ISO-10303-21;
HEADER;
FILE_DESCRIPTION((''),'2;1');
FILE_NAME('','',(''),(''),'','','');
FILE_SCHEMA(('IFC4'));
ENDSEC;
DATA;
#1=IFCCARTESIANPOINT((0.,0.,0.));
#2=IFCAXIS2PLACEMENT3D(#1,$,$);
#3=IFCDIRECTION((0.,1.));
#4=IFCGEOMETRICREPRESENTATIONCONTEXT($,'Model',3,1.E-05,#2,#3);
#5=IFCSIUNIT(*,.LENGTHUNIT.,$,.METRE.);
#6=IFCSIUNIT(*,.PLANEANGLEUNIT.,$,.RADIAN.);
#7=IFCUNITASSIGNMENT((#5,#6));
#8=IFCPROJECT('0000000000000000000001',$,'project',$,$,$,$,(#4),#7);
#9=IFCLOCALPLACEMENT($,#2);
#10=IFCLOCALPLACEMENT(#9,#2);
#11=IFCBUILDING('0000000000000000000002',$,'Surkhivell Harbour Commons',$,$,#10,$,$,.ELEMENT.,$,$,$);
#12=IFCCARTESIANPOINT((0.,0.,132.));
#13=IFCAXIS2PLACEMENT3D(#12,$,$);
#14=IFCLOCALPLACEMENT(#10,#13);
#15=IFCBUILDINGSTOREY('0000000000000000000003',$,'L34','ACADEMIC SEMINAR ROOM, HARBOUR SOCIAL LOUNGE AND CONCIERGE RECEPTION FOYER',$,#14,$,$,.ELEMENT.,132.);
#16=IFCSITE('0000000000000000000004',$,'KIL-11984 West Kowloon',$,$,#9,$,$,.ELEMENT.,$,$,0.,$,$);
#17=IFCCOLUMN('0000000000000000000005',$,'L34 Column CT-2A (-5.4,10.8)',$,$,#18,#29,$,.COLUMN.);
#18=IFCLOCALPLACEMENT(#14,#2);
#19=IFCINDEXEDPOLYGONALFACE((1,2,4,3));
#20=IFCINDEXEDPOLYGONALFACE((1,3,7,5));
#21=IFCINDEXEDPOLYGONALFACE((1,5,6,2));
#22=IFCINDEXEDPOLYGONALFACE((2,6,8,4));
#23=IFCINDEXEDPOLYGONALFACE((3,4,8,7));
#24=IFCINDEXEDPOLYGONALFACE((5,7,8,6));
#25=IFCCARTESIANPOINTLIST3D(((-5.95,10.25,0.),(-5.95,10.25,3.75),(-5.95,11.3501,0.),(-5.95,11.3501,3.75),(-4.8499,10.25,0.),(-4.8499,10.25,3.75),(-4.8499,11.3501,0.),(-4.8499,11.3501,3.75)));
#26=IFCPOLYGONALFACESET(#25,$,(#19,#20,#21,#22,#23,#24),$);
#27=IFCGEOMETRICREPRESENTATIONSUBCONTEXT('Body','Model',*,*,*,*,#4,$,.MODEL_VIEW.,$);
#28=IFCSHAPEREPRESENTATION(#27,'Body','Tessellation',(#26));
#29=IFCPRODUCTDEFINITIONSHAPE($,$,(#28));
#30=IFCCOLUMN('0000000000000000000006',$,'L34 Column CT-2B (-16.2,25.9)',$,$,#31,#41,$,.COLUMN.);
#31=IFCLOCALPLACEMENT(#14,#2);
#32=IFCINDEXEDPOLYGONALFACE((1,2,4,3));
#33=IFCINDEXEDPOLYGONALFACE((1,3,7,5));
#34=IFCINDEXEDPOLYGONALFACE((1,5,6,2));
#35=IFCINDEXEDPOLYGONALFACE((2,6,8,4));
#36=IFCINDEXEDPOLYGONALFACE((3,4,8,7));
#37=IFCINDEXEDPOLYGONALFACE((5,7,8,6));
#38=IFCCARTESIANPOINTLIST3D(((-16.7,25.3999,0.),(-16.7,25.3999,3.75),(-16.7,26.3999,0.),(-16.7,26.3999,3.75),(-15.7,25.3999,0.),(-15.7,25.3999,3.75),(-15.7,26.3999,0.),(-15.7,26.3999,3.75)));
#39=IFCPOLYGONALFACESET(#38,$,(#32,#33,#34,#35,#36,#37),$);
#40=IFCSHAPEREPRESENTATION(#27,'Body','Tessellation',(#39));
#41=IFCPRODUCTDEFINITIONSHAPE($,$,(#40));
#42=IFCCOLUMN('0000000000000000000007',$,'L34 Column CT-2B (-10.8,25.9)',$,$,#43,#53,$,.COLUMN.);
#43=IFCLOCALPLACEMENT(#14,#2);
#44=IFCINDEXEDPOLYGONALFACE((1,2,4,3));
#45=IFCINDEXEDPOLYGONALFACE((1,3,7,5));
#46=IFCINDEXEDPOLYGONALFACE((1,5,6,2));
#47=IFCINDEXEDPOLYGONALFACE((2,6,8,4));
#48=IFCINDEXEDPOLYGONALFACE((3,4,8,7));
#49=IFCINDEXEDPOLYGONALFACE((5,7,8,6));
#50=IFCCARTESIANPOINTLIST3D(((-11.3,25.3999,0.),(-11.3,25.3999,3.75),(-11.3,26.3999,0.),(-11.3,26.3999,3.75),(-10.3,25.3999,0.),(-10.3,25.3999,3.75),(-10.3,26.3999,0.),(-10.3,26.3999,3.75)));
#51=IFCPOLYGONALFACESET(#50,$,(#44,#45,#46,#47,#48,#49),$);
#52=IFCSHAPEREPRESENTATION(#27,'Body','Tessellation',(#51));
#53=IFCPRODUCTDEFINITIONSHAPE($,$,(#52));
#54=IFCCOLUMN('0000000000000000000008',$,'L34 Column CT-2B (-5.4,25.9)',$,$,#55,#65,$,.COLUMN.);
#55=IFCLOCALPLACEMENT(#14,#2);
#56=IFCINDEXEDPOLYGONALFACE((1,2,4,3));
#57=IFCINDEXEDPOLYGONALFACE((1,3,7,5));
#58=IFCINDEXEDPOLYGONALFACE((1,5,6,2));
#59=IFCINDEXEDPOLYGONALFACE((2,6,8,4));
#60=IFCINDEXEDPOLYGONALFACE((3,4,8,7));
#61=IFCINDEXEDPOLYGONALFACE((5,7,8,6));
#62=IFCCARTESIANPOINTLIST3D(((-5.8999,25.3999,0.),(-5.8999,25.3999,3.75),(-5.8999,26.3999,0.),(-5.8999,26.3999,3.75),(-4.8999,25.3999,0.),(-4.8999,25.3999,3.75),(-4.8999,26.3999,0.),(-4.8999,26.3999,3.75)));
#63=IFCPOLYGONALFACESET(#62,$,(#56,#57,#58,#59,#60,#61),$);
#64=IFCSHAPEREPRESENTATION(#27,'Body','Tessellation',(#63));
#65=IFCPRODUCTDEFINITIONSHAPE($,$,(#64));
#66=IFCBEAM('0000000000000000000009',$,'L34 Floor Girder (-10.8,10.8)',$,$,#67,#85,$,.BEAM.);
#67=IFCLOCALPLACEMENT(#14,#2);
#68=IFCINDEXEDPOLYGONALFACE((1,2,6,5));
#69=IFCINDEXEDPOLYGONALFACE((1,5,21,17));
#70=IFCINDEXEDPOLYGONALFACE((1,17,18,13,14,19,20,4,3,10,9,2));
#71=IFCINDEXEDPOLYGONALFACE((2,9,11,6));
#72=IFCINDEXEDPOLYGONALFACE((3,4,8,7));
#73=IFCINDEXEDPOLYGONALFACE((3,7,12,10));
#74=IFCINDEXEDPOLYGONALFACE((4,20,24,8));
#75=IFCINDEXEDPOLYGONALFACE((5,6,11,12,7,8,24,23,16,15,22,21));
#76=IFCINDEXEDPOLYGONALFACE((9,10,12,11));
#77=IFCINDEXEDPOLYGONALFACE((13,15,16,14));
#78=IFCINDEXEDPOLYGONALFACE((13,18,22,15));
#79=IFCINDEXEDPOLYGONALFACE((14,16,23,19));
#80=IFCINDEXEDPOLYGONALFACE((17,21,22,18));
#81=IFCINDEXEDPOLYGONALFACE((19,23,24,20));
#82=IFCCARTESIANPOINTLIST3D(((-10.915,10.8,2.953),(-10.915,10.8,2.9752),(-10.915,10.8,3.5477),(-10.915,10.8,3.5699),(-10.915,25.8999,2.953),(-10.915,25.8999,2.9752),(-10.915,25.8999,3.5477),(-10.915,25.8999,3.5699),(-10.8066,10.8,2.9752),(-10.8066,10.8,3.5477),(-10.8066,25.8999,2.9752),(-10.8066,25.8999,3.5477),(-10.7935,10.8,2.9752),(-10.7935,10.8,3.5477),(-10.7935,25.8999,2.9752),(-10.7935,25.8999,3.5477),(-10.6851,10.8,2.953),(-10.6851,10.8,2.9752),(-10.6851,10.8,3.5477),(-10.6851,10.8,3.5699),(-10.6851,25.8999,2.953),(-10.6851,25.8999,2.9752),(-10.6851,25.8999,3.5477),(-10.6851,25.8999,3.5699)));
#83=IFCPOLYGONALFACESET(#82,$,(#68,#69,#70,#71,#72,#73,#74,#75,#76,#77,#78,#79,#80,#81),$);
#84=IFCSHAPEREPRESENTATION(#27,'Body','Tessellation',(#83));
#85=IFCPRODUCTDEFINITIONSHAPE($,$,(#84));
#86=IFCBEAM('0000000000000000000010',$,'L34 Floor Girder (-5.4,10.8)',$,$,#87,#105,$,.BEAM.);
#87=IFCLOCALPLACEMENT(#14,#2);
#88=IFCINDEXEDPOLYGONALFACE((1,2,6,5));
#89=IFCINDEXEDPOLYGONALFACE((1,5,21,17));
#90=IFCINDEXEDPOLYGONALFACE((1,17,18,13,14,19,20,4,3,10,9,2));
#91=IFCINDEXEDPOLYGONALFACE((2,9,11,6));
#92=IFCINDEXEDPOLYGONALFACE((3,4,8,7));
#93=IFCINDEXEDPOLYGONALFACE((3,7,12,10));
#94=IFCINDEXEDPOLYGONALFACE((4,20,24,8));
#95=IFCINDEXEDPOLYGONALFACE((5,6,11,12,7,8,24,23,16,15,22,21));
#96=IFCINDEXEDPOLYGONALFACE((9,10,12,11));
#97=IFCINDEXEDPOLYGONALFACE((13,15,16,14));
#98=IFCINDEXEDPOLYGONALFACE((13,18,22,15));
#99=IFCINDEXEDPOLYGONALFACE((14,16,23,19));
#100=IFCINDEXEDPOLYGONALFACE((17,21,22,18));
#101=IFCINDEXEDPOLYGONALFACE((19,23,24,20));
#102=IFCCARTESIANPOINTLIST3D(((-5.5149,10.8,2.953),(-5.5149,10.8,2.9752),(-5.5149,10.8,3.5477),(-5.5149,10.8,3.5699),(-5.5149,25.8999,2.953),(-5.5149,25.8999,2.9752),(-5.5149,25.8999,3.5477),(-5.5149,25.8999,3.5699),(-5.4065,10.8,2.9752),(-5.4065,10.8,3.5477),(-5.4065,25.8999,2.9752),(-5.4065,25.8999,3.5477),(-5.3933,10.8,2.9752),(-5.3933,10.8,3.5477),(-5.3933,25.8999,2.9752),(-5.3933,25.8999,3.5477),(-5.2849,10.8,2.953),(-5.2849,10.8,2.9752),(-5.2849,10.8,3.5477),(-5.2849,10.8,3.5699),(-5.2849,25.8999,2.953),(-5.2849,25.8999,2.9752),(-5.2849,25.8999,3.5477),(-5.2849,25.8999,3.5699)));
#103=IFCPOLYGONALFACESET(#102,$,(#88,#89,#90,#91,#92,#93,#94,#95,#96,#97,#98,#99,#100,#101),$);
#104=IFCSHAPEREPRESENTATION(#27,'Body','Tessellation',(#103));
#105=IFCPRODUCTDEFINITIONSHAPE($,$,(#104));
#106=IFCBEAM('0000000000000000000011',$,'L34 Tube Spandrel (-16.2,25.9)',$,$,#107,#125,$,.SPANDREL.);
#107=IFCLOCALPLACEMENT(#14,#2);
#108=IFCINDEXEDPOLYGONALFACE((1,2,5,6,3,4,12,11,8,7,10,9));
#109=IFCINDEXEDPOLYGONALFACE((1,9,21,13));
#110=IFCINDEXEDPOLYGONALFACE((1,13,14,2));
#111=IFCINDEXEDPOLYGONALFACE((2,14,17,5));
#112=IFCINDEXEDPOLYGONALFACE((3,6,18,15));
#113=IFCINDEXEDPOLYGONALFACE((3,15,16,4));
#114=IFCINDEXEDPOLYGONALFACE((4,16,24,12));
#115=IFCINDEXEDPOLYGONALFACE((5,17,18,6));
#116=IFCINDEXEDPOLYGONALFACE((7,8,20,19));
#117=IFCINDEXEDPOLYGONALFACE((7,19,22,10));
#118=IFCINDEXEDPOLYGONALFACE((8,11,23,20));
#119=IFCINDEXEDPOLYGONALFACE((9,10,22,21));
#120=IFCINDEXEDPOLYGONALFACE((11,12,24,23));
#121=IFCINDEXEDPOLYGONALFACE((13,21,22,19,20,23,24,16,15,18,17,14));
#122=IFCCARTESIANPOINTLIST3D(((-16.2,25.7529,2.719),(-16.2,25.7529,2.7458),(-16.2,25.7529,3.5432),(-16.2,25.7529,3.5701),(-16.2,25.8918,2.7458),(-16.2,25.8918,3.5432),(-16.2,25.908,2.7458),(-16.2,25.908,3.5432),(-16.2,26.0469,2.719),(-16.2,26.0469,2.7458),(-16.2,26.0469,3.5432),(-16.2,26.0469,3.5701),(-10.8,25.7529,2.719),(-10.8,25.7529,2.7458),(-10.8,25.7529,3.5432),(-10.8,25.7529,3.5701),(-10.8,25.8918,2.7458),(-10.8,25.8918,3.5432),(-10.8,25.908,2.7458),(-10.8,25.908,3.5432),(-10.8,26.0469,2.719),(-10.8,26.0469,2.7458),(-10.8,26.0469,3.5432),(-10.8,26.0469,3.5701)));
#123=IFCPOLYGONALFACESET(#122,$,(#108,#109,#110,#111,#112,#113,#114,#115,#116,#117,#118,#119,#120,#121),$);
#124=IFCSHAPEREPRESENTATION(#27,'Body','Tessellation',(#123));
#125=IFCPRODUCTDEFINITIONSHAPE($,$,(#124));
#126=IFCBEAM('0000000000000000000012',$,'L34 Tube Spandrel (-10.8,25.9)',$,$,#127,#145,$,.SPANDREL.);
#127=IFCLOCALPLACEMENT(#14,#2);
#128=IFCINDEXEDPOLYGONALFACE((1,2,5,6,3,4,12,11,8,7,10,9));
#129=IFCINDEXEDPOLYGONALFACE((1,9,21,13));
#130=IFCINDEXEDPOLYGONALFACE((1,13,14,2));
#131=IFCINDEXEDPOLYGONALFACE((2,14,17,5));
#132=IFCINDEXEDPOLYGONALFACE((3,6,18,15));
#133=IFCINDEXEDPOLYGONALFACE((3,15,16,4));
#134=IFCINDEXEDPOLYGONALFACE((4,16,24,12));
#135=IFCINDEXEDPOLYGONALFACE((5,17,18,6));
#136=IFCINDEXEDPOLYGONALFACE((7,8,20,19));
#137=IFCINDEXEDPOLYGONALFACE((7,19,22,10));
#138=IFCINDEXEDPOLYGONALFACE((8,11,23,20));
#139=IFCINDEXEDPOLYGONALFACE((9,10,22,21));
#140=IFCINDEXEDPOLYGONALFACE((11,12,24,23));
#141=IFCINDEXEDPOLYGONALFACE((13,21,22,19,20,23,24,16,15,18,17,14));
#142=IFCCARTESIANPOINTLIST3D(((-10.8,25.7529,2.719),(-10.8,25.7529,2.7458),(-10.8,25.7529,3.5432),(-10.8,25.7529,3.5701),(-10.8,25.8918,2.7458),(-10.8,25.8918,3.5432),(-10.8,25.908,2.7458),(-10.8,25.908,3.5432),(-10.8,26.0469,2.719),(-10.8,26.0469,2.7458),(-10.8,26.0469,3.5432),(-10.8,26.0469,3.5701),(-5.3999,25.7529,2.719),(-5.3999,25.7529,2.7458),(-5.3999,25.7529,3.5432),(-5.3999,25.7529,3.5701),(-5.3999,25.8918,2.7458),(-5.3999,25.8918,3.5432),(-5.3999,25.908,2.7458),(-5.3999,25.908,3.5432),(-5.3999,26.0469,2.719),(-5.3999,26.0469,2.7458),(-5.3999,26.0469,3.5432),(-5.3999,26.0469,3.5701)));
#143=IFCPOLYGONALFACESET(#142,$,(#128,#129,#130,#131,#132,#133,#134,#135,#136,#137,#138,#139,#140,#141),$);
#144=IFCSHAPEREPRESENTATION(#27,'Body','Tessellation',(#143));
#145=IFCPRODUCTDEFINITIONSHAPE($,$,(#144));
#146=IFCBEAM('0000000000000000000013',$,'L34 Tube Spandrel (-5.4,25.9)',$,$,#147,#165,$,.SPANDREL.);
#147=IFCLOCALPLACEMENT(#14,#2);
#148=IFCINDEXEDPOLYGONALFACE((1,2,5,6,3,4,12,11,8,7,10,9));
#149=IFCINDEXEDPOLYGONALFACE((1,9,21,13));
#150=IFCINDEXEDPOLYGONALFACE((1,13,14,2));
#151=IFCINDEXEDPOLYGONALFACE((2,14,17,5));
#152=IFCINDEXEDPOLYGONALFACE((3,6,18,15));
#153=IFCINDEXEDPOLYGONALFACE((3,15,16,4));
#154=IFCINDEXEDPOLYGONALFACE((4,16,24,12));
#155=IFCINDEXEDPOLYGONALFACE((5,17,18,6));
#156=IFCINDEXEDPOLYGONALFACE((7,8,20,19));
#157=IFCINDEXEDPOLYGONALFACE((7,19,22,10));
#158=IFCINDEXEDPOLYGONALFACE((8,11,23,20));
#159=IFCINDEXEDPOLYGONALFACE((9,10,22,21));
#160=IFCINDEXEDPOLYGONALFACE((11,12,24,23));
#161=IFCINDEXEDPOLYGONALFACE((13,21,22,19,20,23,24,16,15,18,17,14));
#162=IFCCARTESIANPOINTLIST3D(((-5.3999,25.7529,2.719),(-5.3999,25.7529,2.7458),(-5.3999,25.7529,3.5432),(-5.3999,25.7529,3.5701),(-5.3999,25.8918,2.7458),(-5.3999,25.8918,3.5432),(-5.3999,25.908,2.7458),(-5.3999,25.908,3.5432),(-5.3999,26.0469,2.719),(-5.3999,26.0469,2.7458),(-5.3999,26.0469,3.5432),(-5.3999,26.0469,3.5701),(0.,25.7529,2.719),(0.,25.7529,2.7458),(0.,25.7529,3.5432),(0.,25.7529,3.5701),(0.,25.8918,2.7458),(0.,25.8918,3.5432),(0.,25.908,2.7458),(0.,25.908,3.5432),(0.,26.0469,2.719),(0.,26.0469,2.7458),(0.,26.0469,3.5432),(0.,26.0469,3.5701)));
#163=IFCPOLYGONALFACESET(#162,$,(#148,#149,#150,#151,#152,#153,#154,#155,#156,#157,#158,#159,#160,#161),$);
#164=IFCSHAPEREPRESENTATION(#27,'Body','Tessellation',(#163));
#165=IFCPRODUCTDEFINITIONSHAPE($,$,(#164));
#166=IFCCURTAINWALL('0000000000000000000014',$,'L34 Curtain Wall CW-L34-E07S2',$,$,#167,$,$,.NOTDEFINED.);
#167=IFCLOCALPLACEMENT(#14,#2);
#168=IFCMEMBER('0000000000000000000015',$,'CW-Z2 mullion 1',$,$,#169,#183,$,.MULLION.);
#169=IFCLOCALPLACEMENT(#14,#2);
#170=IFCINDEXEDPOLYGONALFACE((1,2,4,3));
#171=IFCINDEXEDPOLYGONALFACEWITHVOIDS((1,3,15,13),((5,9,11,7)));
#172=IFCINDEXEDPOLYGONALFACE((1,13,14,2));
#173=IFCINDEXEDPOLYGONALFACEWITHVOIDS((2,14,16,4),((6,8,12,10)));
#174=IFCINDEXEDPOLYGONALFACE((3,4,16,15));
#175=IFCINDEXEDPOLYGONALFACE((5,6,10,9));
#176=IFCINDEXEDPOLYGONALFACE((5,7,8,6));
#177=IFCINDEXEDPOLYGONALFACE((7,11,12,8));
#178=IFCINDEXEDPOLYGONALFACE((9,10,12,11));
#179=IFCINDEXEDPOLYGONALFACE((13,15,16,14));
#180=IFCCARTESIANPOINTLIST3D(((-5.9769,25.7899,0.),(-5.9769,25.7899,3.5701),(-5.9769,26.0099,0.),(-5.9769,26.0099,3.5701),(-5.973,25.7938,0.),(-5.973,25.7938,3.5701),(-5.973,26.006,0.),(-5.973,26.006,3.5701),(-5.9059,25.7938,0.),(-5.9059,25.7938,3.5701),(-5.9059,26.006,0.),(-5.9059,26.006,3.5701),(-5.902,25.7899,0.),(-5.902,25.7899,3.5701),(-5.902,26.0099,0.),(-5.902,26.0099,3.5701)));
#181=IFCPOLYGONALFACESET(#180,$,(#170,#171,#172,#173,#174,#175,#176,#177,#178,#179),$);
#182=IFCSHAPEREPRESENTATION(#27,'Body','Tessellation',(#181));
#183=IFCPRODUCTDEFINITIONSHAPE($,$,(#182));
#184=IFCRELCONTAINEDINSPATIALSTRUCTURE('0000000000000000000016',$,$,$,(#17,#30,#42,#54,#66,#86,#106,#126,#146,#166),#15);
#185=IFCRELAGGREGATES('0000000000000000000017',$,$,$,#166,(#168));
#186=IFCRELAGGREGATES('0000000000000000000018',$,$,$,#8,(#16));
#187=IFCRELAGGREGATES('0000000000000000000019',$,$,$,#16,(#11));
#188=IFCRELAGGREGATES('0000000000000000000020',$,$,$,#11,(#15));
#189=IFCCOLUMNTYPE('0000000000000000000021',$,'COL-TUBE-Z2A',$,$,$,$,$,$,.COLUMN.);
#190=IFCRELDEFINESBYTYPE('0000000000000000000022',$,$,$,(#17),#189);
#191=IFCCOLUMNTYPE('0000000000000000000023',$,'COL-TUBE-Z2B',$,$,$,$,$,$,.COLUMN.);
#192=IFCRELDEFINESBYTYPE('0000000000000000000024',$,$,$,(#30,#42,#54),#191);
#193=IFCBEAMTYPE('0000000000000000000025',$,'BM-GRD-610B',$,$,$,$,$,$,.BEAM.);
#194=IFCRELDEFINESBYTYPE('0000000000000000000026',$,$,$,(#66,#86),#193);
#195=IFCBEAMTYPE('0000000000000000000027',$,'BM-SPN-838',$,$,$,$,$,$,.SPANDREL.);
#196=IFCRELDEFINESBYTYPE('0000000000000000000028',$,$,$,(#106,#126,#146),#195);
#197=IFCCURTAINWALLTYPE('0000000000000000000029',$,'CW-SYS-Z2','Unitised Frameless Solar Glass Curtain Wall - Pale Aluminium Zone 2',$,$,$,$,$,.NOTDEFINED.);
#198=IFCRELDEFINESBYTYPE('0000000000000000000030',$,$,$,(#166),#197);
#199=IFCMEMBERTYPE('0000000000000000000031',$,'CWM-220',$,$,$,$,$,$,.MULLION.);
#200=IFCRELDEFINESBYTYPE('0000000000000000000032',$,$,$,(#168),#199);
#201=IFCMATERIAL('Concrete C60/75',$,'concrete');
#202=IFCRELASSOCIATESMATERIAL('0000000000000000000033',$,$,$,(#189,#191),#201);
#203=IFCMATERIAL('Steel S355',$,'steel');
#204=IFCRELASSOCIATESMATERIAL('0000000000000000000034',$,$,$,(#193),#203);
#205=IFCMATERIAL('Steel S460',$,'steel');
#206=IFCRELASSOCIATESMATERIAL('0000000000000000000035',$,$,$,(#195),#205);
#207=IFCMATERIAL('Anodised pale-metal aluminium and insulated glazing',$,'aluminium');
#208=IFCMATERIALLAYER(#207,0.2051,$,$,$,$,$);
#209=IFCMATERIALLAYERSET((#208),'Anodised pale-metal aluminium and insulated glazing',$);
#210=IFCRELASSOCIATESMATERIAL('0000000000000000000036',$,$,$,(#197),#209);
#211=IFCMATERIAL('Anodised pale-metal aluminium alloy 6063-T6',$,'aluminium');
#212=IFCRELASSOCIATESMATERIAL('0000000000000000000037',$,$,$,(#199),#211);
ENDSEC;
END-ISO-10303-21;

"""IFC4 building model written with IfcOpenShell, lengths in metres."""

from ifc_helpers import new_model, si_unit, direction, frame, origin, origin_2d, place, context, subcontext, project, spatial, rectangle, hollow_rectangle, i_section, extrude, material, layer, layer_set, material_profile, profile_set, type_object, element, aggregate, save


model = new_model("IFC4")

# Units and contexts
model_context = context("Model", 3, precision=1e-05, world=origin(), true_north=direction((0.0, 1.0)))
body_context = subcontext(model_context, "Body", "Model", "MODEL_VIEW")
ifc_project = project(units=[si_unit("LENGTHUNIT", "METRE"), si_unit("PLANEANGLEUNIT", "RADIAN")], contexts=[model_context])

# Site, building, storey
site_placement = place(None, origin())
site = spatial("IfcSite", under=ifc_project, at=site_placement, Name="KIL-11984 West Kowloon", CompositionType="ELEMENT", RefElevation=0.0)
building_placement = place(site_placement, origin())
building = spatial("IfcBuilding", under=site, at=building_placement, Name="Surkhivell Harbour Commons", CompositionType="ELEMENT")
storey_placement = place(building_placement, frame((0.0, 0.0, 132.0)))
storey = spatial("IfcBuildingStorey", under=building, at=storey_placement, Name="L34", Description="ACADEMIC SEMINAR ROOM, HARBOUR SOCIAL LOUNGE AND CONCIERGE RECEPTION FOYER", CompositionType="ELEMENT", Elevation=132.0)

# Columns
ifc_material_1 = material(Name="Concrete C60/75", Category="concrete")
ifc_material_profile_1 = material_profile(ifc_material_1, rectangle(XDim=1.1001, YDim=1.1001, at=origin_2d()), Name="RC-COL-1100x1100")
ifc_profile_set_1 = profile_set([ifc_material_profile_1], Name="Concrete C60/75")
column_type_1 = type_object("IfcColumnType", Name="COL-TUBE-Z2A", PredefinedType="COLUMN", material=ifc_profile_set_1)
column_placement = place(storey_placement, frame((-5.3999, 10.8, 0.0), z_axis=(0.0, 0.0, 1.0), x_axis=(1.0, 0.0, 0.0)))
element("IfcColumn", 1, at=column_placement, inside=storey, type_object=column_type_1, Name="L34 Column CT-2A (-5.4,10.8)", PredefinedType="COLUMN", context=body_context, shape_type="SweptSolid", body=[
    extrude(rectangle(XDim=1.1001, YDim=1.1001, at=origin_2d()), origin(), (0.0, 0.0, 1.0), 3.75),
])
ifc_material_profile_2 = material_profile(ifc_material_1, rectangle(XDim=1.0, YDim=1.0, at=origin_2d()), Name="RC-COL-1000x1000")
ifc_profile_set_2 = profile_set([ifc_material_profile_2], Name="Concrete C60/75")
column_type_2 = type_object("IfcColumnType", Name="COL-TUBE-Z2B", PredefinedType="COLUMN", material=ifc_profile_set_2)
for number, where, z_axis, x_axis, name in (
    (2, (-16.2, 25.8999, 0.0), (0.0, 0.0, 1.0), (1.0, 0.0, 0.0), "L34 Column CT-2B (-16.2,25.9)"),
    (3, (-10.8, 25.8999, 0.0), (0.0, 0.0, 1.0), (1.0, 0.0, 0.0), "L34 Column CT-2B (-10.8,25.9)"),
    (4, (-5.3999, 25.8999, 0.0), (0.0, 0.0, 1.0), (1.0, 0.0, 0.0), "L34 Column CT-2B (-5.4,25.9)"),
):
    element("IfcColumn", number, at=place(storey_placement, frame(where, z_axis=z_axis, x_axis=x_axis)), inside=storey, type_object=column_type_2, Name=name, PredefinedType="COLUMN", context=body_context, shape_type="SweptSolid", body=[
        extrude(rectangle(XDim=1.0, YDim=1.0, at=origin_2d()), origin(), (0.0, 0.0, 1.0), 3.75),
    ])

# Beams
ifc_material_2 = material(Name="Steel S355", Category="steel")
ifc_material_profile_3 = material_profile(ifc_material_2, i_section(OverallWidth=0.23, OverallDepth=0.6169, WebThickness=0.0132, FlangeThickness=0.0222, at=origin_2d()), Name="UB610x229x140")
ifc_profile_set_3 = profile_set([ifc_material_profile_3], Name="Steel S355")
beam_type_1 = type_object("IfcBeamType", Name="BM-GRD-610B", PredefinedType="BEAM", material=ifc_profile_set_3)
for number, where, z_axis, x_axis, name in (
    (5, (-10.8, 10.8, 3.2615), (0.0, 1.0, 0.0), (-1.0, 0.0, 0.0), "L34 Floor Girder (-10.8,10.8)"),
    (6, (-5.3999, 10.8, 3.2615), (0.0, 1.0, 0.0), (-1.0, 0.0, 0.0), "L34 Floor Girder (-5.4,10.8)"),
):
    element("IfcBeam", number, at=place(storey_placement, frame(where, z_axis=z_axis, x_axis=x_axis)), inside=storey, type_object=beam_type_1, Name=name, PredefinedType="BEAM", context=body_context, shape_type="SweptSolid", body=[
        extrude(i_section(OverallWidth=0.23, OverallDepth=0.6169, WebThickness=0.0132, FlangeThickness=0.0222, at=origin_2d()), origin(), (0.0, 0.0, 1.0), 15.0999),
    ])
ifc_material_3 = material(Name="Steel S460", Category="steel")
ifc_material_profile_4 = material_profile(ifc_material_3, i_section(OverallWidth=0.2939, OverallDepth=0.8511, WebThickness=0.0161, FlangeThickness=0.0269, at=origin_2d()), Name="UB838x292x226")
ifc_profile_set_4 = profile_set([ifc_material_profile_4], Name="Steel S460")
beam_type_2 = type_object("IfcBeamType", Name="BM-SPN-838", PredefinedType="SPANDREL", material=ifc_profile_set_4)
beam_1_placement = place(storey_placement, frame((-16.2, 25.8999, 3.1445), z_axis=(1.0, 0.0, 0.0), x_axis=(0.0, 1.0, 0.0)))
element("IfcBeam", 7, at=beam_1_placement, inside=storey, type_object=beam_type_2, Name="L34 Tube Spandrel (-16.2,25.9)", PredefinedType="SPANDREL", context=body_context, shape_type="SweptSolid", body=[
    extrude(i_section(OverallWidth=0.2939, OverallDepth=0.8511, WebThickness=0.0161, FlangeThickness=0.0269, at=origin_2d()), origin(), (0.0, 0.0, 1.0), 5.3999),
])
beam_2_placement = place(storey_placement, frame((-10.8, 25.8999, 3.1445), z_axis=(1.0, 0.0, 0.0), x_axis=(0.0, 1.0, 0.0)))
element("IfcBeam", 8, at=beam_2_placement, inside=storey, type_object=beam_type_2, Name="L34 Tube Spandrel (-10.8,25.9)", PredefinedType="SPANDREL", context=body_context, shape_type="SweptSolid", body=[
    extrude(i_section(OverallWidth=0.2939, OverallDepth=0.8511, WebThickness=0.0161, FlangeThickness=0.0269, at=origin_2d()), origin(), (0.0, 0.0, 1.0), 5.4001),
])
beam_3_placement = place(storey_placement, frame((-5.3999, 25.8999, 3.1445), z_axis=(1.0, 0.0, 0.0), x_axis=(0.0, 1.0, 0.0)))
element("IfcBeam", 9, at=beam_3_placement, inside=storey, type_object=beam_type_2, Name="L34 Tube Spandrel (-5.4,25.9)", PredefinedType="SPANDREL", context=body_context, shape_type="SweptSolid", body=[
    extrude(i_section(OverallWidth=0.2939, OverallDepth=0.8511, WebThickness=0.0161, FlangeThickness=0.0269, at=origin_2d()), origin(), (0.0, 0.0, 1.0), 5.3999),
])

# Curtain wall, member
ifc_material_4 = material(Name="Anodised pale-metal aluminium and insulated glazing", Category="aluminium")
ifc_layer_1 = layer(ifc_material_4, 0.2051)
ifc_layer_set_1 = layer_set([ifc_layer_1], Name="Anodised pale-metal aluminium and insulated glazing")
curtain_wall_type = type_object("IfcCurtainWallType", Name="CW-SYS-Z2", Description="Unitised Frameless Solar Glass Curtain Wall - Pale Aluminium Zone 2", PredefinedType="NOTDEFINED", material=ifc_layer_set_1)
curtain_wall_placement = place(storey_placement, origin())
curtain_wall = element("IfcCurtainWall", 10, at=curtain_wall_placement, inside=storey, type_object=curtain_wall_type, Name="L34 Curtain Wall CW-L34-E07S2", PredefinedType="NOTDEFINED")
ifc_material_5 = material(Name="Anodised pale-metal aluminium alloy 6063-T6", Category="aluminium")
ifc_material_profile_5 = material_profile(ifc_material_5, hollow_rectangle(XDim=0.075, YDim=0.22, WallThickness=0.0039, at=origin_2d()), Name="ALU-MULL-75x220")
ifc_profile_set_5 = profile_set([ifc_material_profile_5], Name="Anodised pale-metal aluminium alloy 6063-T6")
member_type_1 = type_object("IfcMemberType", Name="CWM-220", PredefinedType="MULLION", material=ifc_profile_set_5)
member_1_placement = place(storey_placement, frame((-5.9395, 25.8999, 0.0), z_axis=(0.0, 0.0, 1.0), x_axis=(-1.0, 0.0, 0.0)))
member_1 = element("IfcMember", 11, at=member_1_placement, type_object=member_type_1, Name="CW-Z2 mullion 1", PredefinedType="MULLION", context=body_context, shape_type="SweptSolid", body=[
    extrude(hollow_rectangle(XDim=0.075, YDim=0.22, WallThickness=0.0039, at=origin_2d()), origin(), (0.0, 0.0, 1.0), 3.5701),
])

aggregate(curtain_wall, [member_1])

save(model, "model.ifc")
